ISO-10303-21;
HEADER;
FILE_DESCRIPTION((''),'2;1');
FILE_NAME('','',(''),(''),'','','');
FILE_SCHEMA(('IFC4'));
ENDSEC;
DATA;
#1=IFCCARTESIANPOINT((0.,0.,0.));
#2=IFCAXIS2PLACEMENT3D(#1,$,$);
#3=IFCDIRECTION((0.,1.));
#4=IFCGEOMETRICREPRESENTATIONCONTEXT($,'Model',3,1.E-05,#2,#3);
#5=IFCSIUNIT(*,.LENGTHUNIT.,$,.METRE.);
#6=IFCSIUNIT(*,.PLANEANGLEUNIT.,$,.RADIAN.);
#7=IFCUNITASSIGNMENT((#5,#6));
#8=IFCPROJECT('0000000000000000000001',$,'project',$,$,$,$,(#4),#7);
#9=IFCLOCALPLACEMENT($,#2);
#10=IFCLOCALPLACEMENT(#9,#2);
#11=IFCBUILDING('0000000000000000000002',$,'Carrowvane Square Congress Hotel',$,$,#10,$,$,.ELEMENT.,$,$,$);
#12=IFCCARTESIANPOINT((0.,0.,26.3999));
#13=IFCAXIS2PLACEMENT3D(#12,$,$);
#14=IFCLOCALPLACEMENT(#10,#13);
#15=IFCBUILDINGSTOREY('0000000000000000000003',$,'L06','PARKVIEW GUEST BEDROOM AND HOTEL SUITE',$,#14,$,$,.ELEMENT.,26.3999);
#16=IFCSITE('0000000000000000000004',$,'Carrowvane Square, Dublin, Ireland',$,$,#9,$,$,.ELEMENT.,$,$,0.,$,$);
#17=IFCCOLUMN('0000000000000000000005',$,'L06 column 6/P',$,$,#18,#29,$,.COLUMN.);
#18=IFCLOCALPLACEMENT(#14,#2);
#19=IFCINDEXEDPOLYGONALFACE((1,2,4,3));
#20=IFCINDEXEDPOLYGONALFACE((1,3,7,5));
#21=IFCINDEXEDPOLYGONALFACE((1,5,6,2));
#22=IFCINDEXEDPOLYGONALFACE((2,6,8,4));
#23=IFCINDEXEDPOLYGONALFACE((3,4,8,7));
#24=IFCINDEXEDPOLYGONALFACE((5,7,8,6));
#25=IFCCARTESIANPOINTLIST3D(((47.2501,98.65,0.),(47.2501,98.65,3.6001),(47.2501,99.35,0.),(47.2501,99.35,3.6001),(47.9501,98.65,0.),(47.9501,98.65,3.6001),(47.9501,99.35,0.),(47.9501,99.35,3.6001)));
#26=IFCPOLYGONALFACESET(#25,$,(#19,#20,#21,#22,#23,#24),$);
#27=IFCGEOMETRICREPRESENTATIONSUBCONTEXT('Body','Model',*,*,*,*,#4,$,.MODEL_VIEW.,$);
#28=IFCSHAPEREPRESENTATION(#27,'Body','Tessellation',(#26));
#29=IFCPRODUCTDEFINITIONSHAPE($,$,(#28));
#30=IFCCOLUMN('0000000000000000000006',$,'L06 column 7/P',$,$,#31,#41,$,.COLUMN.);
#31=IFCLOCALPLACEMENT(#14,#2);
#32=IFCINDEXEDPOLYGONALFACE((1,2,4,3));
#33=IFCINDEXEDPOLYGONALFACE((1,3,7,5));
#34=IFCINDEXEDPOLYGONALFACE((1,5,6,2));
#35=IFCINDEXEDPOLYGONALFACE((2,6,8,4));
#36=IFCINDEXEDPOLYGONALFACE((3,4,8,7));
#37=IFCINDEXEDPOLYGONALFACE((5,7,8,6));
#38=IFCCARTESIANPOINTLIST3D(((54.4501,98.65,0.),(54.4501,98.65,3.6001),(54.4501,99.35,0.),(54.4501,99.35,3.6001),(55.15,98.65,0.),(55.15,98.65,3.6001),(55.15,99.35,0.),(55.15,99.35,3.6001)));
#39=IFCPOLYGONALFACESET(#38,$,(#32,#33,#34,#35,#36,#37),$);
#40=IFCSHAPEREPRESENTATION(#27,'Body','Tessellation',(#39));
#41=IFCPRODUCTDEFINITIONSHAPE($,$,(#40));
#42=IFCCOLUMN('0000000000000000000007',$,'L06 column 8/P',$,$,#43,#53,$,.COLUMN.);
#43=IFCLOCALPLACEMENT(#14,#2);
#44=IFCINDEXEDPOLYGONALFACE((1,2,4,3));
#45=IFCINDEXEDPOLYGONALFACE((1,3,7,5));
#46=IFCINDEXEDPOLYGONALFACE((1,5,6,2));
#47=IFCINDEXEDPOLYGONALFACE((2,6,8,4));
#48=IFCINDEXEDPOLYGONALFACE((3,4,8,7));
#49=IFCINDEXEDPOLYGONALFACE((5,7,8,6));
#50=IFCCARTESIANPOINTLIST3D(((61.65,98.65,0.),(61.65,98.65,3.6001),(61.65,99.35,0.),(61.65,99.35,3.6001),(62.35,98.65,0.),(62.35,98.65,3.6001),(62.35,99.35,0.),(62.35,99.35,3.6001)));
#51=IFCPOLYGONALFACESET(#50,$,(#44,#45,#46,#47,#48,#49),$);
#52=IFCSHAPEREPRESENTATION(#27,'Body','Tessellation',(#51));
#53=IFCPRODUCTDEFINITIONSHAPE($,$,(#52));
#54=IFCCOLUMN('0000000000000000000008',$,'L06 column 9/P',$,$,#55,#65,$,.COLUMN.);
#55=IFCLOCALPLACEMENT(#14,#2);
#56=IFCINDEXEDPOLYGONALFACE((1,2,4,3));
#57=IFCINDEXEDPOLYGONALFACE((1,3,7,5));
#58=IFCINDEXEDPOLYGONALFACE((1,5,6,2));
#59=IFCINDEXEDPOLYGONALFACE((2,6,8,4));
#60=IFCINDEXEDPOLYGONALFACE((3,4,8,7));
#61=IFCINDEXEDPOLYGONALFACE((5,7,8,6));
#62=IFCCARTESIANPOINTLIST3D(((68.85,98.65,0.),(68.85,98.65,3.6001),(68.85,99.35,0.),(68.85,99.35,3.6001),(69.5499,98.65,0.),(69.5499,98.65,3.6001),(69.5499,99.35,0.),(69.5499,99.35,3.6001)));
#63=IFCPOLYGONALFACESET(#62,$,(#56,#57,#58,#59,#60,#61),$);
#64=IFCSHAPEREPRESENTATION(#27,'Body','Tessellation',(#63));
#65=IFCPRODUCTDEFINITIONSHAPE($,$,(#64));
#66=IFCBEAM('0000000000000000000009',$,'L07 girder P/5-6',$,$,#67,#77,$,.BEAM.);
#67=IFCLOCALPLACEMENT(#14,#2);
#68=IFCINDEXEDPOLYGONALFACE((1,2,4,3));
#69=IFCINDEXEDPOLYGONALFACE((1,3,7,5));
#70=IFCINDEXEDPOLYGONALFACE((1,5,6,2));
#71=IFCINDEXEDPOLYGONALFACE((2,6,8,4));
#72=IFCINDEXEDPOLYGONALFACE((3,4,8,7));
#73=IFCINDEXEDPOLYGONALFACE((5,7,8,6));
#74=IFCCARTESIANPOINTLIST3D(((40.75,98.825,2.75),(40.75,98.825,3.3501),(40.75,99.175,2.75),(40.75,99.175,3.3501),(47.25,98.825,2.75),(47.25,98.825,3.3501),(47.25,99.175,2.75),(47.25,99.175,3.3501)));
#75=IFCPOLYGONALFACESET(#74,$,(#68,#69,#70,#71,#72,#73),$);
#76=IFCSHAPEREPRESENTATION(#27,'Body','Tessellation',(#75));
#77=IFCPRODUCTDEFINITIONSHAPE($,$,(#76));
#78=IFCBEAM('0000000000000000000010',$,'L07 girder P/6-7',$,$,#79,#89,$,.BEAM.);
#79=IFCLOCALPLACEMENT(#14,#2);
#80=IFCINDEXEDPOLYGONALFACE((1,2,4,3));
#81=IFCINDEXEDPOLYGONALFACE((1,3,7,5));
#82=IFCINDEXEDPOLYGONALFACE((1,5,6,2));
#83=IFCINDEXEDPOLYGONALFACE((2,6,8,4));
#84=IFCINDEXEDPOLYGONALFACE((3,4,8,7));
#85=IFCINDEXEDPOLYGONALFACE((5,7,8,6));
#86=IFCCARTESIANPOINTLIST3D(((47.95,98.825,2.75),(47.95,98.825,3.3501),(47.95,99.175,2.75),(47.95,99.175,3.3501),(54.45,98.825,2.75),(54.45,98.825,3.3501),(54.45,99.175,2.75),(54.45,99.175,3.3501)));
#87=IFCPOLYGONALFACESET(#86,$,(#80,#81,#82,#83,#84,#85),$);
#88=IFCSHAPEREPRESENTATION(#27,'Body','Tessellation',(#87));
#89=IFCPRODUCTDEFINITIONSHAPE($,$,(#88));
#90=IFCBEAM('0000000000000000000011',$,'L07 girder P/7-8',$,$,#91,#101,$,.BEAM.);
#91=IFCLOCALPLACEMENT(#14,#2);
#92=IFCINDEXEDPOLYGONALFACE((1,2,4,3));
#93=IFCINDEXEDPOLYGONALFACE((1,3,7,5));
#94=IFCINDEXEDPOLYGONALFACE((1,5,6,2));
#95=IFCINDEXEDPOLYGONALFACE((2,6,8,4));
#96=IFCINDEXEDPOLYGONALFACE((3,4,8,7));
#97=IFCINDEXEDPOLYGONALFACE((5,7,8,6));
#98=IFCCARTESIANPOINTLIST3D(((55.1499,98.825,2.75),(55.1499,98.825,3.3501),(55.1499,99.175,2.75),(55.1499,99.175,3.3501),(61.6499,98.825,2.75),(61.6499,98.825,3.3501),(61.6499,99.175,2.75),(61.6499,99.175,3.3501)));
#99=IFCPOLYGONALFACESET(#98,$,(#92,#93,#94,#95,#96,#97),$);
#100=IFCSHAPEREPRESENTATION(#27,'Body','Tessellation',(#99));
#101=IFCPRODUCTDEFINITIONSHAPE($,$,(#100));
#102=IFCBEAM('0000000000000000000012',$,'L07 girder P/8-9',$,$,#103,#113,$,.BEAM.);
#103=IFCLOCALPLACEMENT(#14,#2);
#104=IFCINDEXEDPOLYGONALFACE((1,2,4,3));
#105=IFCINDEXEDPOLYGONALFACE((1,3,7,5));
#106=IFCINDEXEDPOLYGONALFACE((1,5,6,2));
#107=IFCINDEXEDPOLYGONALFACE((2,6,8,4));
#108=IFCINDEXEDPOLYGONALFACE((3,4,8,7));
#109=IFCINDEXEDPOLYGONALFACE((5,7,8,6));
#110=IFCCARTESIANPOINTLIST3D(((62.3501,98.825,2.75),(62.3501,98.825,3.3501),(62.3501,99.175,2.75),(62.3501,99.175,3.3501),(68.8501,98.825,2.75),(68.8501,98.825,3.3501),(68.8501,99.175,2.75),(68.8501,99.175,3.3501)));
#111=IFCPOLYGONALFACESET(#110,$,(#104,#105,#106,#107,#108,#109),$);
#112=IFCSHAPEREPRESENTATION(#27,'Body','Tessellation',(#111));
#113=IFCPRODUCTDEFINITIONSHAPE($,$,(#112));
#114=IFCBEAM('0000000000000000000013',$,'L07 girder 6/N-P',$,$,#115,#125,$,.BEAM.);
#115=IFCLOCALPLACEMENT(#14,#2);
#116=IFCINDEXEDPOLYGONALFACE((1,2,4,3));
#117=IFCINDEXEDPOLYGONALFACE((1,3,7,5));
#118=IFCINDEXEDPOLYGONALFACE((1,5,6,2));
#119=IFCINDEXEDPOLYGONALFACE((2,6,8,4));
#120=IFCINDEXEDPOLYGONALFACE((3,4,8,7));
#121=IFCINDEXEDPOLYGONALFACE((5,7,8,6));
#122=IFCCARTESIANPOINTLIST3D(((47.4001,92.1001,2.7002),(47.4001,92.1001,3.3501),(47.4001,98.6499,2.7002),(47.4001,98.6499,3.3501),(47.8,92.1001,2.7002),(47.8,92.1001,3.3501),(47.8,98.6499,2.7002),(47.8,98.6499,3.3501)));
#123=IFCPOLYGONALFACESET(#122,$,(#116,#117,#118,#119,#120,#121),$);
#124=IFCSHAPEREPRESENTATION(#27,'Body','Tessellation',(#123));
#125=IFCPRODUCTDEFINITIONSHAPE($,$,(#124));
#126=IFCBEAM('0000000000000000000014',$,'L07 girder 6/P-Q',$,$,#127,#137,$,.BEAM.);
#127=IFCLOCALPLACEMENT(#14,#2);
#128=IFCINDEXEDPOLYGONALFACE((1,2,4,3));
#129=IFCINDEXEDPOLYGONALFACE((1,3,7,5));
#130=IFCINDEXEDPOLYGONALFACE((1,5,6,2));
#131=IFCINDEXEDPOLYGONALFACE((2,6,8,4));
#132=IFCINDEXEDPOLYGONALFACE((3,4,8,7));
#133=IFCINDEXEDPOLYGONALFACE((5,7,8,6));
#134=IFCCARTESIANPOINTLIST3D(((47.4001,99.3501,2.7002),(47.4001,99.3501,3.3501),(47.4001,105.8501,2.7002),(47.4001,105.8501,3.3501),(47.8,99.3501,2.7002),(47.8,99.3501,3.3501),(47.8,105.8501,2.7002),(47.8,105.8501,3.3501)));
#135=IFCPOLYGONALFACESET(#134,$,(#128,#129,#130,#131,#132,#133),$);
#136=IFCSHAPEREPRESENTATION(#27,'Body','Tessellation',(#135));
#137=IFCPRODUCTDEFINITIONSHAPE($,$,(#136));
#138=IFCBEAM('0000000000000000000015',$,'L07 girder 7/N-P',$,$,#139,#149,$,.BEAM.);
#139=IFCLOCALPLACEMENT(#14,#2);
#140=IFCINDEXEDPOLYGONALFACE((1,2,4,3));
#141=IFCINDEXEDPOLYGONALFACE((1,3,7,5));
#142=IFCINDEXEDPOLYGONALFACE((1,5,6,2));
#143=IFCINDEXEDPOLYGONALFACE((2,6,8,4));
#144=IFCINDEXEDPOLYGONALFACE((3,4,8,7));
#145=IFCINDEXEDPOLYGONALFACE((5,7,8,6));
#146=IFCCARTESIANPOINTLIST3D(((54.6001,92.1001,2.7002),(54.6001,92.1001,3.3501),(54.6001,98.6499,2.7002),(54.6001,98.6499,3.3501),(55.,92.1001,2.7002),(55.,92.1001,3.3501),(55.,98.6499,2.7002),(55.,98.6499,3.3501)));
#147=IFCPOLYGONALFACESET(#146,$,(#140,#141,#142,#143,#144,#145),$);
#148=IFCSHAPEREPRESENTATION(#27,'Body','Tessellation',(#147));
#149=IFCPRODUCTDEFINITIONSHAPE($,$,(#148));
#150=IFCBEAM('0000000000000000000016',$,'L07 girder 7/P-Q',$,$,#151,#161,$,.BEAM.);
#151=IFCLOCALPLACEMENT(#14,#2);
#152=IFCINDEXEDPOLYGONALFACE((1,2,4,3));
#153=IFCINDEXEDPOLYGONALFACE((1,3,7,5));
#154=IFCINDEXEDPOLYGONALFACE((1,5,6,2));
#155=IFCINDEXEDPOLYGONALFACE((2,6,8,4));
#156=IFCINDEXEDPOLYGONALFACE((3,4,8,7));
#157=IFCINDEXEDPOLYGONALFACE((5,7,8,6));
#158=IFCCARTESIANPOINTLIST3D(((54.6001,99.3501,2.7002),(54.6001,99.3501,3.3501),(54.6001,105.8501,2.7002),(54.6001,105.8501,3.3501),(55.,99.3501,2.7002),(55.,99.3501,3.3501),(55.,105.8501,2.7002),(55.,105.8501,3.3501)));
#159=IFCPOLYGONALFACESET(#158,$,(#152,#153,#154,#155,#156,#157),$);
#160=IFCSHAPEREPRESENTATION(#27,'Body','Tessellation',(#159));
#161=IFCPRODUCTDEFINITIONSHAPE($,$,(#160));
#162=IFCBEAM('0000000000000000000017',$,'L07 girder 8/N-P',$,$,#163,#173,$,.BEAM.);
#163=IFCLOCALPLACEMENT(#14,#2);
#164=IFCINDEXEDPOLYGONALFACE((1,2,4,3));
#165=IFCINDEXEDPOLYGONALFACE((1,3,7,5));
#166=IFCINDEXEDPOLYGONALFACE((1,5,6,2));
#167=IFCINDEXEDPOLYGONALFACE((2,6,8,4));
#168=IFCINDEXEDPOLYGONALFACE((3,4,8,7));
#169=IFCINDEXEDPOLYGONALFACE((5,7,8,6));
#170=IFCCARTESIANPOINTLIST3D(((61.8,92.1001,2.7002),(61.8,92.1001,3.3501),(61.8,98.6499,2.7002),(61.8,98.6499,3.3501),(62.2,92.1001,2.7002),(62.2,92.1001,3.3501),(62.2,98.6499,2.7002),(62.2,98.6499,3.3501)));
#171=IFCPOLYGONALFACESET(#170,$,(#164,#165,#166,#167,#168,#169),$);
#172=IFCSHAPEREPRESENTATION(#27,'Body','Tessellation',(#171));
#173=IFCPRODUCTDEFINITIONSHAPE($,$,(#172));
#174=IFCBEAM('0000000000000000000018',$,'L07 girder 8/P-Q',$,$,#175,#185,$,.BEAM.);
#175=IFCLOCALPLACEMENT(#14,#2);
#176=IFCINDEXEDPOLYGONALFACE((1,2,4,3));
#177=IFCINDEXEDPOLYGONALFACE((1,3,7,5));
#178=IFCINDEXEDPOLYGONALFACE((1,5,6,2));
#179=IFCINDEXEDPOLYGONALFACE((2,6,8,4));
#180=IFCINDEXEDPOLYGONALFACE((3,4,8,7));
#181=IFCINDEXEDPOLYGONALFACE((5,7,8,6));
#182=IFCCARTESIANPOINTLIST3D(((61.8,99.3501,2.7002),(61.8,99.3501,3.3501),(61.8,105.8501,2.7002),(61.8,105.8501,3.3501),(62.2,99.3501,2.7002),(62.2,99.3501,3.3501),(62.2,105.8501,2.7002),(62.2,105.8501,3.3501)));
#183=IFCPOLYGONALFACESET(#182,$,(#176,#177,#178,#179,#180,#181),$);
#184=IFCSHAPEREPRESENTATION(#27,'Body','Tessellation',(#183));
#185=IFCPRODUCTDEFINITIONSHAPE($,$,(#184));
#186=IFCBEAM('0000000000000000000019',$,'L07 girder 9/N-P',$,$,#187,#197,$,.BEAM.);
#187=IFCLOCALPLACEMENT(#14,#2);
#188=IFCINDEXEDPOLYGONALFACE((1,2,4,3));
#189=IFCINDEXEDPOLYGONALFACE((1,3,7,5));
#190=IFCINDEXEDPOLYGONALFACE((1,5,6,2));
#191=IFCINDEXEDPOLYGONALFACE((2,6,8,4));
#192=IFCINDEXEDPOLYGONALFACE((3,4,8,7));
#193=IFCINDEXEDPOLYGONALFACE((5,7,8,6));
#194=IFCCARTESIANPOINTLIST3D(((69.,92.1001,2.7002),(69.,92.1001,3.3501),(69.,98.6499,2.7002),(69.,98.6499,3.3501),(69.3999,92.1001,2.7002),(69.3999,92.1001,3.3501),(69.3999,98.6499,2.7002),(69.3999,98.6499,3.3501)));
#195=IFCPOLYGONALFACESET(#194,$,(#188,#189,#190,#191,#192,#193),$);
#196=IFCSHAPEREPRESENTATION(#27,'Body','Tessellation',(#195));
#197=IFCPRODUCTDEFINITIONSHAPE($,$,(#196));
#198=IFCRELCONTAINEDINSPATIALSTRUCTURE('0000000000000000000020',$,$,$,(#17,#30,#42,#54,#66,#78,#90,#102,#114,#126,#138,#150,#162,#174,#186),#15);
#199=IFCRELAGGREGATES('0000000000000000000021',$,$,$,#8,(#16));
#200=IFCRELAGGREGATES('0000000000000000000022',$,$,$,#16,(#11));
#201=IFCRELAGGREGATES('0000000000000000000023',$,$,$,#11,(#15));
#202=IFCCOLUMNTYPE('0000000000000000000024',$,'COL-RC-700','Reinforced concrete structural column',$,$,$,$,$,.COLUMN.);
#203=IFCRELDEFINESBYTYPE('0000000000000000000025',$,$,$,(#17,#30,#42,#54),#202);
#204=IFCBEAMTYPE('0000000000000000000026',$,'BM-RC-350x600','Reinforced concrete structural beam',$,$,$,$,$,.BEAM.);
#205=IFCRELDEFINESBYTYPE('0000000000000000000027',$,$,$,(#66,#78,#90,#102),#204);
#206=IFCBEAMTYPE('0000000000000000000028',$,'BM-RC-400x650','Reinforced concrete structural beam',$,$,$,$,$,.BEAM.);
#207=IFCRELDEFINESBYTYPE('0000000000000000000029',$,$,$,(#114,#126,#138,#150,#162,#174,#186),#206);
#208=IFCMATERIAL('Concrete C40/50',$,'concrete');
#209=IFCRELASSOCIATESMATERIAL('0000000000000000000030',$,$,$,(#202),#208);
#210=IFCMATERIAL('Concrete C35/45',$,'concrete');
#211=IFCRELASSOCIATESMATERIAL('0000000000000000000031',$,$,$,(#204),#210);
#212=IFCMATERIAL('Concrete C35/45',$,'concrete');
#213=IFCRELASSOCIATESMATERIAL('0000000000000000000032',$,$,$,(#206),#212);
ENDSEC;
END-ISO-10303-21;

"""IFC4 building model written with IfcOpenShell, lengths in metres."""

from ifc_helpers import new_model, si_unit, direction, frame, origin, origin_2d, place, context, subcontext, project, spatial, rectangle, extrude, material, material_profile, profile_set, type_object, element, save


model = new_model("IFC4")

# Units and contexts
model_context = context("Model", 3, precision=1e-05, world=origin(), true_north=direction((0.0, 1.0)))
body_context = subcontext(model_context, "Body", "Model", "MODEL_VIEW")
ifc_project = project(units=[si_unit("LENGTHUNIT", "METRE"), si_unit("PLANEANGLEUNIT", "RADIAN")], contexts=[model_context])

# Site, building, storey
site_placement = place(None, origin())
site = spatial("IfcSite", under=ifc_project, at=site_placement, Name="Carrowvane Square, Dublin, Ireland", CompositionType="ELEMENT", RefElevation=0.0)
building_placement = place(site_placement, origin())
building = spatial("IfcBuilding", under=site, at=building_placement, Name="Carrowvane Square Congress Hotel", CompositionType="ELEMENT")
storey_placement = place(building_placement, frame((0.0, 0.0, 26.3999)))
storey = spatial("IfcBuildingStorey", under=building, at=storey_placement, Name="L06", Description="PARKVIEW GUEST BEDROOM AND HOTEL SUITE", CompositionType="ELEMENT", Elevation=26.3999)

# Columns
ifc_material_1 = material(Name="Concrete C40/50", Category="concrete")
ifc_material_profile_1 = material_profile(ifc_material_1, rectangle(XDim=0.7, YDim=0.7, at=origin_2d()), Name="RC 700x700")
ifc_profile_set_1 = profile_set([ifc_material_profile_1], Name="Concrete C40/50")
column_type = type_object("IfcColumnType", Name="COL-RC-700", Description="Reinforced concrete structural column", PredefinedType="COLUMN", material=ifc_profile_set_1)
for number, where, z_axis, x_axis, name in (
    (1, (47.6001, 99.0, 0.0), (0.0, 0.0, 1.0), (1.0, 0.0, 0.0), "L06 column 6/P"),
    (2, (54.8, 99.0, 0.0), (0.0, 0.0, 1.0), (1.0, 0.0, 0.0), "L06 column 7/P"),
    (3, (62.0, 99.0, 0.0), (0.0, 0.0, 1.0), (1.0, 0.0, 0.0), "L06 column 8/P"),
    (4, (69.2, 99.0, 0.0), (0.0, 0.0, 1.0), (1.0, 0.0, 0.0), "L06 column 9/P"),
):
    element("IfcColumn", number, at=place(storey_placement, frame(where, z_axis=z_axis, x_axis=x_axis)), inside=storey, type_object=column_type, Name=name, PredefinedType="COLUMN", context=body_context, shape_type="SweptSolid", body=[
        extrude(rectangle(XDim=0.7, YDim=0.7, at=origin_2d()), origin(), (0.0, 0.0, 1.0), 3.6001),
    ])

# Beams
ifc_material_2 = material(Name="Concrete C35/45", Category="concrete")
ifc_material_profile_2 = material_profile(ifc_material_2, rectangle(XDim=0.3501, YDim=0.6001, at=origin_2d()), Name="RC 350x600")
ifc_profile_set_2 = profile_set([ifc_material_profile_2], Name="Concrete C35/45")
beam_type_1 = type_object("IfcBeamType", Name="BM-RC-350x600", Description="Reinforced concrete structural beam", PredefinedType="BEAM", material=ifc_profile_set_2)
for number, where, z_axis, x_axis, name in (
    (5, (40.75, 99.0, 3.05), (1.0, 0.0, 0.0), (0.0, 1.0, 0.0), "L07 girder P/5-6"),
    (6, (47.95, 99.0, 3.05), (1.0, 0.0, 0.0), (0.0, 1.0, 0.0), "L07 girder P/6-7"),
    (7, (55.1499, 99.0, 3.05), (1.0, 0.0, 0.0), (0.0, 1.0, 0.0), "L07 girder P/7-8"),
    (8, (62.3501, 99.0, 3.05), (1.0, 0.0, 0.0), (0.0, 1.0, 0.0), "L07 girder P/8-9"),
):
    element("IfcBeam", number, at=place(storey_placement, frame(where, z_axis=z_axis, x_axis=x_axis)), inside=storey, type_object=beam_type_1, Name=name, PredefinedType="BEAM", context=body_context, shape_type="SweptSolid", body=[
        extrude(rectangle(XDim=0.3501, YDim=0.6001, at=origin_2d()), origin(), (0.0, 0.0, 1.0), 6.5),
    ])
ifc_material_3 = material(Name="Concrete C35/45", Category="concrete")
ifc_material_profile_3 = material_profile(ifc_material_3, rectangle(XDim=0.3999, YDim=0.6499, at=origin_2d()), Name="RC 400x650")
ifc_profile_set_3 = profile_set([ifc_material_profile_3], Name="Concrete C35/45")
beam_type_2 = type_object("IfcBeamType", Name="BM-RC-400x650", Description="Reinforced concrete structural beam", PredefinedType="BEAM", material=ifc_profile_set_3)
beam_1_placement = place(storey_placement, frame((47.6001, 92.1001, 3.0251), z_axis=(0.0, 1.0, 0.0), x_axis=(-1.0, 0.0, 0.0)))
element("IfcBeam", 9, at=beam_1_placement, inside=storey, type_object=beam_type_2, Name="L07 girder 6/N-P", PredefinedType="BEAM", context=body_context, shape_type="SweptSolid", body=[
    extrude(rectangle(XDim=0.3999, YDim=0.6499, at=origin_2d()), origin(), (0.0, 0.0, 1.0), 6.5498),
])
beam_2_placement = place(storey_placement, frame((47.6001, 99.3501, 3.0251), z_axis=(0.0, 1.0, 0.0), x_axis=(-1.0, 0.0, 0.0)))
element("IfcBeam", 10, at=beam_2_placement, inside=storey, type_object=beam_type_2, Name="L07 girder 6/P-Q", PredefinedType="BEAM", context=body_context, shape_type="SweptSolid", body=[
    extrude(rectangle(XDim=0.3999, YDim=0.6499, at=origin_2d()), origin(), (0.0, 0.0, 1.0), 6.5),
])
beam_3_placement = place(storey_placement, frame((54.8, 92.1001, 3.0251), z_axis=(0.0, 1.0, 0.0), x_axis=(-1.0, 0.0, 0.0)))
element("IfcBeam", 11, at=beam_3_placement, inside=storey, type_object=beam_type_2, Name="L07 girder 7/N-P", PredefinedType="BEAM", context=body_context, shape_type="SweptSolid", body=[
    extrude(rectangle(XDim=0.3999, YDim=0.6499, at=origin_2d()), origin(), (0.0, 0.0, 1.0), 6.5498),
])
beam_4_placement = place(storey_placement, frame((54.8, 99.3501, 3.0251), z_axis=(0.0, 1.0, 0.0), x_axis=(-1.0, 0.0, 0.0)))
element("IfcBeam", 12, at=beam_4_placement, inside=storey, type_object=beam_type_2, Name="L07 girder 7/P-Q", PredefinedType="BEAM", context=body_context, shape_type="SweptSolid", body=[
    extrude(rectangle(XDim=0.3999, YDim=0.6499, at=origin_2d()), origin(), (0.0, 0.0, 1.0), 6.5),
])
beam_5_placement = place(storey_placement, frame((62.0, 92.1001, 3.0251), z_axis=(0.0, 1.0, 0.0), x_axis=(-1.0, 0.0, 0.0)))
element("IfcBeam", 13, at=beam_5_placement, inside=storey, type_object=beam_type_2, Name="L07 girder 8/N-P", PredefinedType="BEAM", context=body_context, shape_type="SweptSolid", body=[
    extrude(rectangle(XDim=0.3999, YDim=0.6499, at=origin_2d()), origin(), (0.0, 0.0, 1.0), 6.5498),
])
beam_6_placement = place(storey_placement, frame((62.0, 99.3501, 3.0251), z_axis=(0.0, 1.0, 0.0), x_axis=(-1.0, 0.0, 0.0)))
element("IfcBeam", 14, at=beam_6_placement, inside=storey, type_object=beam_type_2, Name="L07 girder 8/P-Q", PredefinedType="BEAM", context=body_context, shape_type="SweptSolid", body=[
    extrude(rectangle(XDim=0.3999, YDim=0.6499, at=origin_2d()), origin(), (0.0, 0.0, 1.0), 6.5),
])
beam_7_placement = place(storey_placement, frame((69.2, 92.1001, 3.0251), z_axis=(0.0, 1.0, 0.0), x_axis=(-1.0, 0.0, 0.0)))
element("IfcBeam", 15, at=beam_7_placement, inside=storey, type_object=beam_type_2, Name="L07 girder 9/N-P", PredefinedType="BEAM", context=body_context, shape_type="SweptSolid", body=[
    extrude(rectangle(XDim=0.3999, YDim=0.6499, at=origin_2d()), origin(), (0.0, 0.0, 1.0), 6.5498),
])

save(model, "model.ifc")
